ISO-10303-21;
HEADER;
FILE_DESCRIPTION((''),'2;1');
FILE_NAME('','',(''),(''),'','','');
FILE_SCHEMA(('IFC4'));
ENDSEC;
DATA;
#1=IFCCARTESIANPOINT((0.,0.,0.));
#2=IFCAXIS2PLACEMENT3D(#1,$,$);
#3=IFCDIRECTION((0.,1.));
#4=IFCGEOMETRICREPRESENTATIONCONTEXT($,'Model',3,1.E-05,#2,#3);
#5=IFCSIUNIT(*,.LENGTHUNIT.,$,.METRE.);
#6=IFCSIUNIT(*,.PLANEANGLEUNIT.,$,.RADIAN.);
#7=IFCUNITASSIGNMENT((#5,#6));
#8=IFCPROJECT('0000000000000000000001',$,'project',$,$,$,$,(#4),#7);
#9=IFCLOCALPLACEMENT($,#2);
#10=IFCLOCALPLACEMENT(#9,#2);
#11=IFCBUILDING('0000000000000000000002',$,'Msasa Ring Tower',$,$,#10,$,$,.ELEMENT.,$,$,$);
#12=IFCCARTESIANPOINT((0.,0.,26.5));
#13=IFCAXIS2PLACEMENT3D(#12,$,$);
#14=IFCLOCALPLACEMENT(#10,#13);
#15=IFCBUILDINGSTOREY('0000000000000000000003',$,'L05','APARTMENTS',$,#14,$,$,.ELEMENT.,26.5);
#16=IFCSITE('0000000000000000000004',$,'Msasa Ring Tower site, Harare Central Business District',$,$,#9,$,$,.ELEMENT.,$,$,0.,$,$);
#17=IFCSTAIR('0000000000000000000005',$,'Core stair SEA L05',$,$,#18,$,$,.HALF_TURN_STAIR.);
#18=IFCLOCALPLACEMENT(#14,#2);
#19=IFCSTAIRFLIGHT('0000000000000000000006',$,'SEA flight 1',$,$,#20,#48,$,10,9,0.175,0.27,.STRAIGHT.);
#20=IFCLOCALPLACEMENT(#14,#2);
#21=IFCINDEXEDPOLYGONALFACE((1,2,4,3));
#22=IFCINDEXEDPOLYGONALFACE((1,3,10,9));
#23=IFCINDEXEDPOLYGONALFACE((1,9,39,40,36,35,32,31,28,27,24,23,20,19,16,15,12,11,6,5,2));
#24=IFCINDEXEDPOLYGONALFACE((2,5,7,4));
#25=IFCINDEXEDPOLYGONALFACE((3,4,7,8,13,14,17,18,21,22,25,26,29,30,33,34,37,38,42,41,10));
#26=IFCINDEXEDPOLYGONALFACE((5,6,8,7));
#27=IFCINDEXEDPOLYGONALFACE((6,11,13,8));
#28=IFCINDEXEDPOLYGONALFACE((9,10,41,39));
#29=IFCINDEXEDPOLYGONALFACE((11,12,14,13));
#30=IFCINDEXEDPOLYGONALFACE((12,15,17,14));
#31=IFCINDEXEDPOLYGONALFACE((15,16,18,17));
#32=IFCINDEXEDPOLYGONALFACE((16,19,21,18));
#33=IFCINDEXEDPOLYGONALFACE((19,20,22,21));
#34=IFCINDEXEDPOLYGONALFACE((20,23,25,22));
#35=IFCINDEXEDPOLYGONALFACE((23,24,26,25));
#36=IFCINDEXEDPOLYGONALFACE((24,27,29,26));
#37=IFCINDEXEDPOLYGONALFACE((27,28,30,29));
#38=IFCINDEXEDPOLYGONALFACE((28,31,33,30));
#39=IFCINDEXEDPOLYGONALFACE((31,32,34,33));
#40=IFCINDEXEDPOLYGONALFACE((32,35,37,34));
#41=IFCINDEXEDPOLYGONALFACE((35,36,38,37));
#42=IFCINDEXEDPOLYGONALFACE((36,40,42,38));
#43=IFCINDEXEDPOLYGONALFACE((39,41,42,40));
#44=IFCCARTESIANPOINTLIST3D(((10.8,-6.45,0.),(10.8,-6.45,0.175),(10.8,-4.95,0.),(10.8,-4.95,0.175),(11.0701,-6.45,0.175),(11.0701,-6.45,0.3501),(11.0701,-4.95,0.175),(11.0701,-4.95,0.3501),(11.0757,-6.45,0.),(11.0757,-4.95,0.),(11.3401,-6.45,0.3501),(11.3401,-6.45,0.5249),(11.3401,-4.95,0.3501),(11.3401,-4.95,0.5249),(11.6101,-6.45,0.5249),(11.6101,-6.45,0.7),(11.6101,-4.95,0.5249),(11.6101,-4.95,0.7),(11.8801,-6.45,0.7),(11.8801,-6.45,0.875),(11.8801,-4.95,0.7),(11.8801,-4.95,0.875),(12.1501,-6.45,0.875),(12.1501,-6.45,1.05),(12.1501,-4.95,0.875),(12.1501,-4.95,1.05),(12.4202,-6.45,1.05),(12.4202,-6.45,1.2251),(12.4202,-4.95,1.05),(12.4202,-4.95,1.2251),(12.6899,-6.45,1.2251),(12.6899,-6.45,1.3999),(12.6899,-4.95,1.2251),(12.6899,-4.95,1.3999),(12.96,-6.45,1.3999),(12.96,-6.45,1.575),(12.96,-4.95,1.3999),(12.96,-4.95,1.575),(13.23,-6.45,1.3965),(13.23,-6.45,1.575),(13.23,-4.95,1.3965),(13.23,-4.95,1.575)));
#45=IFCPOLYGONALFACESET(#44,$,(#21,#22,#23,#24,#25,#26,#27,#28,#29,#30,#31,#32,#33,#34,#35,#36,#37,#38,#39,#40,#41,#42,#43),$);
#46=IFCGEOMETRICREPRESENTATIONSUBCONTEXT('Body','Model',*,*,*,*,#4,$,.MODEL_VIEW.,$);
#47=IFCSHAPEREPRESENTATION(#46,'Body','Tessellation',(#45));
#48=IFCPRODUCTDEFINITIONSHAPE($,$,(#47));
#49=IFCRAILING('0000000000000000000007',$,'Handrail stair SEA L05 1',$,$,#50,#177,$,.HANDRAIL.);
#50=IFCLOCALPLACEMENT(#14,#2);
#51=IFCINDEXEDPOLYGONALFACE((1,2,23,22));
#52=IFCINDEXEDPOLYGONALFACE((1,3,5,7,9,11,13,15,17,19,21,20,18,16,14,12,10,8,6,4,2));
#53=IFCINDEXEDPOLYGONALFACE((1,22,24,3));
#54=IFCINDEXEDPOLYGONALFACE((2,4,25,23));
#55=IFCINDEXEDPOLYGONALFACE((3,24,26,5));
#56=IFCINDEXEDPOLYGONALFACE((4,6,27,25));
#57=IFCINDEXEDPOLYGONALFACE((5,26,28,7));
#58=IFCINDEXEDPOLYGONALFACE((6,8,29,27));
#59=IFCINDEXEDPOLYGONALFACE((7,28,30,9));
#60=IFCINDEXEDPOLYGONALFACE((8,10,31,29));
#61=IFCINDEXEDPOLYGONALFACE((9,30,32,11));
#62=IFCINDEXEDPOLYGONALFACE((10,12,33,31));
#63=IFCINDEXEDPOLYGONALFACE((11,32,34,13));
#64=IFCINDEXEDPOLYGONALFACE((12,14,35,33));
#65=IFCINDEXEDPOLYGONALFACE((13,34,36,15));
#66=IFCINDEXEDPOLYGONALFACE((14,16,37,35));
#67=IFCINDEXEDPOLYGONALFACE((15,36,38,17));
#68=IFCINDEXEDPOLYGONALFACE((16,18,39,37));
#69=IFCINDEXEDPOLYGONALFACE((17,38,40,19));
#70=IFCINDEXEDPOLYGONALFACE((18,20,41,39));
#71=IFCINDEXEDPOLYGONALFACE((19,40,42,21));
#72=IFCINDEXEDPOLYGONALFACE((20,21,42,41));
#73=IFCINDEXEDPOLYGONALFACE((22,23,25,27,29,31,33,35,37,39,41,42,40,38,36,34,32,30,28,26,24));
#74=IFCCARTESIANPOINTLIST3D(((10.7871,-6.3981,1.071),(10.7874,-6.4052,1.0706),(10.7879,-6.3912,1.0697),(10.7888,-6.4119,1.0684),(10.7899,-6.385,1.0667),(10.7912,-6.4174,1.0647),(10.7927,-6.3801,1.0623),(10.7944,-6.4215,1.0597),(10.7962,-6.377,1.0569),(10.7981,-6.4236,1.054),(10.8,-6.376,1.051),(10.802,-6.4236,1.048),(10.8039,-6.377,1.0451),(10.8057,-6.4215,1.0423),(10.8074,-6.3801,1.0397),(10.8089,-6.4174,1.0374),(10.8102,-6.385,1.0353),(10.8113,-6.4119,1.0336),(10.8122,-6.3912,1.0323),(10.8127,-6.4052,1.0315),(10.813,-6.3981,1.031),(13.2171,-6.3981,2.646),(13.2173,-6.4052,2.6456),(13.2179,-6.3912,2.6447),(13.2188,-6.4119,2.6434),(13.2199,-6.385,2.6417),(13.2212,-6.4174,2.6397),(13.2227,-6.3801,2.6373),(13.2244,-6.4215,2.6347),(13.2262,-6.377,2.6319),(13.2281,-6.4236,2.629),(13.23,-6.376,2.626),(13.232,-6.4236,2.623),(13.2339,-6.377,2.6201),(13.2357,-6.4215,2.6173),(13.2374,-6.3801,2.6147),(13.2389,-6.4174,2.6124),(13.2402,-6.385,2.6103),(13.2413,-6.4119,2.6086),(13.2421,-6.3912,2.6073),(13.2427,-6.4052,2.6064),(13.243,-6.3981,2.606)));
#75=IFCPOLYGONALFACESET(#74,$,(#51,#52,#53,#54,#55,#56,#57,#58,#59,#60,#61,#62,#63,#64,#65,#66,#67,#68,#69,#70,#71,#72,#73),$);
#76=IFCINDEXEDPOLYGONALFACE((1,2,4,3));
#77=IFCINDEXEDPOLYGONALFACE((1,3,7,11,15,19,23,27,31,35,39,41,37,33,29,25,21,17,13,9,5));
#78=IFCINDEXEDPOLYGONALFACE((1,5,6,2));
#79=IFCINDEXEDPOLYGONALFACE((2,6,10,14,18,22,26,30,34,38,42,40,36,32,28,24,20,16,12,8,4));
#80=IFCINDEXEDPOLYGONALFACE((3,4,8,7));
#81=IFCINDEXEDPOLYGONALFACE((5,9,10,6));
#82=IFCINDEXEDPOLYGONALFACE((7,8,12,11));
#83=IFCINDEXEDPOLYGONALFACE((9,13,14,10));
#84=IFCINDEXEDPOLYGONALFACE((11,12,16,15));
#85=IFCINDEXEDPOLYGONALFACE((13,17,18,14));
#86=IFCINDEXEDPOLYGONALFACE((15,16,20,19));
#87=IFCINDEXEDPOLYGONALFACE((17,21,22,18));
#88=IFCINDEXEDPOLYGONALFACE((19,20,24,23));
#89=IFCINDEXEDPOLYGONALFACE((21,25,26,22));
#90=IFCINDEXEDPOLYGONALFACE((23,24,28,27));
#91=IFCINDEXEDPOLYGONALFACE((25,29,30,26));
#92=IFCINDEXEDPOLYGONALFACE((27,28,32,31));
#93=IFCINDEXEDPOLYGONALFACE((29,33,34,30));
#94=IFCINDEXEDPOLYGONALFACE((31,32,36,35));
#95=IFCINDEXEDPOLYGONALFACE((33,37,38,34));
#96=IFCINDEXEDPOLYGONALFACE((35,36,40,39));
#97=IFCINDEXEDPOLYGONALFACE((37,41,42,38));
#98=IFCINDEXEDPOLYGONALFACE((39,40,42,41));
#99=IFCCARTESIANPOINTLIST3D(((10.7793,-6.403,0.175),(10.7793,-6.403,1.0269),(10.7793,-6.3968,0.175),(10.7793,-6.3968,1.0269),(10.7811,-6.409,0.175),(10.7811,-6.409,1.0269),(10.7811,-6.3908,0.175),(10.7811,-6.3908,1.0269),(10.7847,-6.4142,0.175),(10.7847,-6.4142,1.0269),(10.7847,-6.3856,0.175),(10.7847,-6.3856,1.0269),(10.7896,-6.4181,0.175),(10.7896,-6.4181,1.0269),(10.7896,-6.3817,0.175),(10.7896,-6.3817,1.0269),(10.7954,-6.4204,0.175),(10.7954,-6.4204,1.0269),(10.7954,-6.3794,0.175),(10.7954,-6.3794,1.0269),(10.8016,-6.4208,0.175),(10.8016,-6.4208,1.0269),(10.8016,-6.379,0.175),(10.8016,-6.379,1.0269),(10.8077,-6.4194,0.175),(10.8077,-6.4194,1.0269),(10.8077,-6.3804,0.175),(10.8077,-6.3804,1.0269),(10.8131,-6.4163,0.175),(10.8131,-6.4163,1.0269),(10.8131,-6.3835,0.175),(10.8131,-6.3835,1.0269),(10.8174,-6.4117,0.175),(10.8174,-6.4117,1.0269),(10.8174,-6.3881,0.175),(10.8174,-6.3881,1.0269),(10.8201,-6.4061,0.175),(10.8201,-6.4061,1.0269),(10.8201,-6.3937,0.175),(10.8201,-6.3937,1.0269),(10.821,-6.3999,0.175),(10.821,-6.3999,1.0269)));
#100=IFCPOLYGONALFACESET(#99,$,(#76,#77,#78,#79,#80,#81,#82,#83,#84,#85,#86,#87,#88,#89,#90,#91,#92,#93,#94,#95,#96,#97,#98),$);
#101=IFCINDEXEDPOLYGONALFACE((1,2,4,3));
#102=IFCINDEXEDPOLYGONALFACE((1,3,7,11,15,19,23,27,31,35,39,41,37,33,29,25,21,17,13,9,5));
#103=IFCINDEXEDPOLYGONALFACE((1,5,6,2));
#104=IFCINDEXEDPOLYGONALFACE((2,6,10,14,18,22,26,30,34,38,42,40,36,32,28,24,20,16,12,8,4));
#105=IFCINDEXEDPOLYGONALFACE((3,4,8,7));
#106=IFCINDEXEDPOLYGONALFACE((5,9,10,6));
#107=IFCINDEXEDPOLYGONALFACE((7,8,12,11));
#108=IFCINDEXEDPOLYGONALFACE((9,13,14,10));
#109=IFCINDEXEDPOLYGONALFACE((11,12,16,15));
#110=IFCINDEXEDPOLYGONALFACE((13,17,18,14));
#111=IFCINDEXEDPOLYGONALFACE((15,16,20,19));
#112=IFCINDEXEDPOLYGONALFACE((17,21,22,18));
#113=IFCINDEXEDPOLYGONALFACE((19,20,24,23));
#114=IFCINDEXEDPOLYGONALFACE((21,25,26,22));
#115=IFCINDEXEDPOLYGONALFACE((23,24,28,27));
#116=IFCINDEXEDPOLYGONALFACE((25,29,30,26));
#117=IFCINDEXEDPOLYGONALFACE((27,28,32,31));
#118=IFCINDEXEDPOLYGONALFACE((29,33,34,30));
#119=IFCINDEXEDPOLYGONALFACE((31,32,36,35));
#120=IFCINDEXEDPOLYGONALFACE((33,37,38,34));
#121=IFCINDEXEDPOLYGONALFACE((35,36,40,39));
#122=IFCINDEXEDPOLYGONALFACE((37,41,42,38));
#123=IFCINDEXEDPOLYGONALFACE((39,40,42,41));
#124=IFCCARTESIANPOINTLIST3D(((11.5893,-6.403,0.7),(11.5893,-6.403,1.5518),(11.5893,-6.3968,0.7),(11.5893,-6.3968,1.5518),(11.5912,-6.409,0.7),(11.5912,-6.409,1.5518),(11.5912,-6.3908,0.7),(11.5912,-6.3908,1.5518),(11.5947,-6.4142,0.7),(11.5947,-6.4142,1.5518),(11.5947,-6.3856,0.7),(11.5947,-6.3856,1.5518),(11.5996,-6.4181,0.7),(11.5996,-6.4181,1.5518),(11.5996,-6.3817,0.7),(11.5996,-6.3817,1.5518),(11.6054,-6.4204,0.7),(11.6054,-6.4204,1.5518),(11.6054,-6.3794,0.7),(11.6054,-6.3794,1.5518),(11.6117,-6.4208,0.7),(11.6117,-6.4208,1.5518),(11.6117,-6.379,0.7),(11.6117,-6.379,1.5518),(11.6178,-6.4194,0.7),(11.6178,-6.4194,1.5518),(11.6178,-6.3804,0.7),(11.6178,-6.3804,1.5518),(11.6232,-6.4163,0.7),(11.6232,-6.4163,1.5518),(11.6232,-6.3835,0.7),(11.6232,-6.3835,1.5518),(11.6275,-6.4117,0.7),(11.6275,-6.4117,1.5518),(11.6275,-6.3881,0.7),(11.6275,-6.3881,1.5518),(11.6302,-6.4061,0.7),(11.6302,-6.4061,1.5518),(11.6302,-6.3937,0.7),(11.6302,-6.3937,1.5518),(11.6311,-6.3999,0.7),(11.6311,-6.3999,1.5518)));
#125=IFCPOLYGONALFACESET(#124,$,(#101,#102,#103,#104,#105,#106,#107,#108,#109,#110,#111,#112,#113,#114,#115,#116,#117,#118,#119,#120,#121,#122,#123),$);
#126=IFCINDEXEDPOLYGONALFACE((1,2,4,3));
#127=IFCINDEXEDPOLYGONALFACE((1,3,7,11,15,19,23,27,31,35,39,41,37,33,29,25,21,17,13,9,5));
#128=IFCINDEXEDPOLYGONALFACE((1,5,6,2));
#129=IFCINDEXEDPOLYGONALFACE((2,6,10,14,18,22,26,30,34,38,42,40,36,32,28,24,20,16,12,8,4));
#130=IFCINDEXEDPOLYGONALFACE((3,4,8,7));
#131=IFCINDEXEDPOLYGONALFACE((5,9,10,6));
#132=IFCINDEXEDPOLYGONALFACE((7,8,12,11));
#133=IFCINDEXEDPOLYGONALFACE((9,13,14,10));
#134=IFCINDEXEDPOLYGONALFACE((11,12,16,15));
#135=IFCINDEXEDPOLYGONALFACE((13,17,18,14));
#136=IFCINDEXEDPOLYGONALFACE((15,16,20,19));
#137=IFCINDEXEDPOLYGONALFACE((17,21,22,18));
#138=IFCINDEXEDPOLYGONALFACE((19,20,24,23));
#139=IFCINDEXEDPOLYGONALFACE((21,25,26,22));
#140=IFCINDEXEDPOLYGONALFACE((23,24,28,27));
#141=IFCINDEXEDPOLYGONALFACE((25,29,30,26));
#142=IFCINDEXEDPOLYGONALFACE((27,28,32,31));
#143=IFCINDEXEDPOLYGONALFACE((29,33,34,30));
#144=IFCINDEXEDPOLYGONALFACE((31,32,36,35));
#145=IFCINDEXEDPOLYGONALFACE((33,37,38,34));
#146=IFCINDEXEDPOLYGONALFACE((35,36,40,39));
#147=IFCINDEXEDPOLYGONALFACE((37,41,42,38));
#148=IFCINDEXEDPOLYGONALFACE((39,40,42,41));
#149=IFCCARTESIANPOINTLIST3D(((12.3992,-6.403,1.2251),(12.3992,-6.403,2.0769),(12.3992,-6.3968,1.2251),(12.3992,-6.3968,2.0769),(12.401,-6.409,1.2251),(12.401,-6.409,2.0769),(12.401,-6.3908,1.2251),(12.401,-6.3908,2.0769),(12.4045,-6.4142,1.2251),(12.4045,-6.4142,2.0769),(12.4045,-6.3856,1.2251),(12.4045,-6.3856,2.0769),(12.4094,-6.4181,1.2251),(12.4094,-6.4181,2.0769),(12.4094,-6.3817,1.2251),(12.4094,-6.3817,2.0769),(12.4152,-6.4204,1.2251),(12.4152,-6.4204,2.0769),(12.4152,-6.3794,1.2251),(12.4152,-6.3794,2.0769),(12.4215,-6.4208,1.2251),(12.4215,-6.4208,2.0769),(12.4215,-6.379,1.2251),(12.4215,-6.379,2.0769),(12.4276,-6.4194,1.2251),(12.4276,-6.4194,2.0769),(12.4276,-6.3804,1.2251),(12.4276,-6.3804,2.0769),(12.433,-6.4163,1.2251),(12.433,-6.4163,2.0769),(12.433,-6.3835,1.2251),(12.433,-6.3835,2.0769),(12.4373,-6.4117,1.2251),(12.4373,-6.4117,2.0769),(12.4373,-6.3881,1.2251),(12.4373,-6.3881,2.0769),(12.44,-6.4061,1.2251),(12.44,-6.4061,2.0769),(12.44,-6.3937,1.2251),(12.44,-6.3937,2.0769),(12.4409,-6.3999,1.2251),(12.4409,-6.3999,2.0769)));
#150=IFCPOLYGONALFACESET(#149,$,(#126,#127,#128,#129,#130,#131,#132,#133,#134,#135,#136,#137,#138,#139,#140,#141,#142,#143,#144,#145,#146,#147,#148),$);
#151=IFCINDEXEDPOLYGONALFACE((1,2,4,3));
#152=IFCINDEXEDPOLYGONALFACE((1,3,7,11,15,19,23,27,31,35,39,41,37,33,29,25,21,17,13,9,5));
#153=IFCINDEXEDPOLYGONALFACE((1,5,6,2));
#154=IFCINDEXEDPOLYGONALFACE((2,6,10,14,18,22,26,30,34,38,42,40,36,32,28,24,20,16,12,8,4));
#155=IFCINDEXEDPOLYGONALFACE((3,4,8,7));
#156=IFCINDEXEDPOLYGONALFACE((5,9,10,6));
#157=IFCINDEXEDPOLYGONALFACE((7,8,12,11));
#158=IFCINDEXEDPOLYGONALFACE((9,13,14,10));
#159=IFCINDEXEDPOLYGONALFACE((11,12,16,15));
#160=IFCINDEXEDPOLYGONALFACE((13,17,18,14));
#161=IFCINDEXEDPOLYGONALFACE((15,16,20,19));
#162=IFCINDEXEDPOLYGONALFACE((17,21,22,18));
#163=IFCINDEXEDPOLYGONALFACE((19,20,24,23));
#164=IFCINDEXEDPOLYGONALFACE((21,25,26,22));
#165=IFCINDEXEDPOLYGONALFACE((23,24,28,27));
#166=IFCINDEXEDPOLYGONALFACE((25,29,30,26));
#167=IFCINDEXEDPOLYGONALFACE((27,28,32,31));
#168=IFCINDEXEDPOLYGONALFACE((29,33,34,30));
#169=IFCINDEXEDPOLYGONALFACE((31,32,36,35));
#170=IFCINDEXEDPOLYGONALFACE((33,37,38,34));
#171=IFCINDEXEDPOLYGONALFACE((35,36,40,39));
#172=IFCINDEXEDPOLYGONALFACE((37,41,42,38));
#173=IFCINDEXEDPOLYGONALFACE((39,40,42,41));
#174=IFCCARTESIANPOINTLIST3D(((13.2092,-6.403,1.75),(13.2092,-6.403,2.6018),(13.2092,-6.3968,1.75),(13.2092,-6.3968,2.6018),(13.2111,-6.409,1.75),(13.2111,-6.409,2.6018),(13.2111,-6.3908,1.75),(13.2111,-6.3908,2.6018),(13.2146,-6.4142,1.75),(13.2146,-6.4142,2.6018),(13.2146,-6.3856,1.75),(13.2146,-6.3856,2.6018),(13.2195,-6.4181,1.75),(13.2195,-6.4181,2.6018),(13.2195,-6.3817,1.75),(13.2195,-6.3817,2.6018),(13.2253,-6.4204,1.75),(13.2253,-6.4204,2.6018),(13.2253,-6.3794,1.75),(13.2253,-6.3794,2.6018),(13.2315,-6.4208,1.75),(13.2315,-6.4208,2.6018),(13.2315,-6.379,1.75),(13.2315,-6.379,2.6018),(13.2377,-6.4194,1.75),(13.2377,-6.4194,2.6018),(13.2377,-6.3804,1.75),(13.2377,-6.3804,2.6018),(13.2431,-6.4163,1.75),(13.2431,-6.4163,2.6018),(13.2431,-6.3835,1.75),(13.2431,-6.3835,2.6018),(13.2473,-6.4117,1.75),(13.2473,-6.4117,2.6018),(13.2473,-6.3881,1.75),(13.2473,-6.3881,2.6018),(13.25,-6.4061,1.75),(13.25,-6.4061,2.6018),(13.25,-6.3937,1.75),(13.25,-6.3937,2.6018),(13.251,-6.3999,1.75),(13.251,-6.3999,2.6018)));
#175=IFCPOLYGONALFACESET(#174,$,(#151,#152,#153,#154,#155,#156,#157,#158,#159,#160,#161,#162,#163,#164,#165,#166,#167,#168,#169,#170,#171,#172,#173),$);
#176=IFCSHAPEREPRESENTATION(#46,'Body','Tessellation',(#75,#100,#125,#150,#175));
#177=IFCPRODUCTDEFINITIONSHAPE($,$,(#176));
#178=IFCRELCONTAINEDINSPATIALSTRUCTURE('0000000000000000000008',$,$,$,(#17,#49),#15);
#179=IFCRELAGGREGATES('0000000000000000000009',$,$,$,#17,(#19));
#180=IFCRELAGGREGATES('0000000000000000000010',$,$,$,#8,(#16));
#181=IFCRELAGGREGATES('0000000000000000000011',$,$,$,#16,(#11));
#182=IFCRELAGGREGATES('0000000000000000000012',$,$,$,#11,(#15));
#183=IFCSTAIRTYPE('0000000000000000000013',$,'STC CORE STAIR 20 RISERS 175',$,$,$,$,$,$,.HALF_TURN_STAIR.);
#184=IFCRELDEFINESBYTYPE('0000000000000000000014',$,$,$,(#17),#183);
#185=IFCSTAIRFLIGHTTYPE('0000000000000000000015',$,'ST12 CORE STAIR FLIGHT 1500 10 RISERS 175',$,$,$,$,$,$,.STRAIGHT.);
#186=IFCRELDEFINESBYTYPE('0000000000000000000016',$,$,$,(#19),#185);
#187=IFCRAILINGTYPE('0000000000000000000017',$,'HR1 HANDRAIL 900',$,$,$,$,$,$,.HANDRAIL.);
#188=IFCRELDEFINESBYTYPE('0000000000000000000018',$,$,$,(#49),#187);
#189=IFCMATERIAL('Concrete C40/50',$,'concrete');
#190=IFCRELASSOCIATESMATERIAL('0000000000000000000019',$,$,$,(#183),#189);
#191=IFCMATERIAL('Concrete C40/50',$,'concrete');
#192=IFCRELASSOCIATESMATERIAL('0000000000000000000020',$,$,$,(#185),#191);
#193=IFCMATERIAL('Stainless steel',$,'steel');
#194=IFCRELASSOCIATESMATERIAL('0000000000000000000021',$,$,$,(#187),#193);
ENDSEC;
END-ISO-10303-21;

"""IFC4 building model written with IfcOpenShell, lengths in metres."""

from ifc_helpers import new_model, si_unit, direction, frame, origin, origin_2d, place, context, subcontext, project, spatial, polyline, circle, outline, extrude, material, type_object, element, aggregate, save


model = new_model("IFC4")

# Units and contexts
model_context = context("Model", 3, precision=1e-05, world=origin(), true_north=direction((0.0, 1.0)))
body_context = subcontext(model_context, "Body", "Model", "MODEL_VIEW")
ifc_project = project(units=[si_unit("LENGTHUNIT", "METRE"), si_unit("PLANEANGLEUNIT", "RADIAN")], contexts=[model_context])

# Site, building, storey
site_placement = place(None, origin())
site = spatial("IfcSite", under=ifc_project, at=site_placement, Name="Msasa Ring Tower site, Harare Central Business District", CompositionType="ELEMENT", RefElevation=0.0)
building_placement = place(site_placement, origin())
building = spatial("IfcBuilding", under=site, at=building_placement, Name="Msasa Ring Tower", CompositionType="ELEMENT")
storey_placement = place(building_placement, frame((0.0, 0.0, 26.5)))
storey = spatial("IfcBuildingStorey", under=building, at=storey_placement, Name="L05", Description="APARTMENTS", CompositionType="ELEMENT", Elevation=26.5)

# Stair, stair flight
ifc_material_1 = material(Name="Concrete C40/50", Category="concrete")
stair_type = type_object("IfcStairType", Name="STC CORE STAIR 20 RISERS 175", PredefinedType="HALF_TURN_STAIR", material=ifc_material_1)
stair_placement = place(storey_placement, origin())
stair = element("IfcStair", 1, at=stair_placement, inside=storey, type_object=stair_type, Name="Core stair SEA L05", PredefinedType="HALF_TURN_STAIR")
ifc_material_2 = material(Name="Concrete C40/50", Category="concrete")
stair_flight_type = type_object("IfcStairFlightType", Name="ST12 CORE STAIR FLIGHT 1500 10 RISERS 175", PredefinedType="STRAIGHT", material=ifc_material_2)
stair_flight_placement = place(storey_placement, frame((10.8, -5.7, 0.0), z_axis=(0.0, 0.0, 1.0), x_axis=(1.0, 0.0, 0.0)))
stair_flight = element("IfcStairFlight", 2, at=stair_flight_placement, type_object=stair_flight_type, Name="SEA flight 1", NumberOfRisers=10, NumberOfTreads=9, PredefinedType="STRAIGHT", RiserHeight=0.175, TreadLength=0.27, context=body_context, shape_type="SweptSolid", body=[
    extrude(outline(polyline([(0.0, 0.0), (0.0, 0.175), (0.27, 0.175), (0.27, 0.3501), (0.54, 0.3501), (0.54, 0.5249), (0.8101, 0.5249), (0.8101, 0.7), (1.0801, 0.7), (1.0801, 0.875), (1.3501, 0.875), (1.3501, 1.05), (1.6201, 1.05), (1.6201, 1.2251), (1.8899, 1.2251), (1.8899, 1.3999), (2.1599, 1.3999), (2.1599, 1.575), (2.4299, 1.575), (2.4299, 1.75), (2.4299, 1.3965), (0.2756, 0.0), (0.0, 0.0)])), frame((0.0, 0.75, 0.0), z_axis=(0.0, -1.0, 0.0), x_axis=(1.0, 0.0, 0.0)), (0.0, 0.0, 1.0), 1.5),
])
aggregate(stair, [stair_flight])

# Railing
ifc_material_3 = material(Name="Stainless steel", Category="steel")
railing_type = type_object("IfcRailingType", Name="HR1 HANDRAIL 900", PredefinedType="HANDRAIL", material=ifc_material_3)
for number, where, name in (
    (3, (10.8, -6.3999, 0.175), "Handrail stair SEA L05 1"),
):
    element("IfcRailing", number, at=place(storey_placement, frame(where)), inside=storey, type_object=railing_type, Name=name, PredefinedType="HANDRAIL", context=body_context, shape_type="SweptSolid", body=[
        extrude(circle(Radius=0.0239, at=origin_2d()), frame((0.0, 0.0, 0.876), z_axis=(0.839154, 0.0, 0.543894), x_axis=(0.0, 1.0, 0.0)), (0.0, 0.0, 1.0), 2.8958),
        extrude(circle(Radius=0.021, at=origin_2d()), origin(), (0.0, 0.0, 1.0), 0.8518),
        extrude(circle(Radius=0.021, at=origin_2d()), frame((0.8101, 0.0, 0.5249)), (0.0, 0.0, 1.0), 0.8518),
        extrude(circle(Radius=0.021, at=origin_2d()), frame((1.6199, 0.0, 1.05)), (0.0, 0.0, 1.0), 0.8518),
        extrude(circle(Radius=0.021, at=origin_2d()), frame((2.4299, 0.0, 1.575)), (0.0, 0.0, 1.0), 0.8518),
    ])

save(model, "model.ifc")
